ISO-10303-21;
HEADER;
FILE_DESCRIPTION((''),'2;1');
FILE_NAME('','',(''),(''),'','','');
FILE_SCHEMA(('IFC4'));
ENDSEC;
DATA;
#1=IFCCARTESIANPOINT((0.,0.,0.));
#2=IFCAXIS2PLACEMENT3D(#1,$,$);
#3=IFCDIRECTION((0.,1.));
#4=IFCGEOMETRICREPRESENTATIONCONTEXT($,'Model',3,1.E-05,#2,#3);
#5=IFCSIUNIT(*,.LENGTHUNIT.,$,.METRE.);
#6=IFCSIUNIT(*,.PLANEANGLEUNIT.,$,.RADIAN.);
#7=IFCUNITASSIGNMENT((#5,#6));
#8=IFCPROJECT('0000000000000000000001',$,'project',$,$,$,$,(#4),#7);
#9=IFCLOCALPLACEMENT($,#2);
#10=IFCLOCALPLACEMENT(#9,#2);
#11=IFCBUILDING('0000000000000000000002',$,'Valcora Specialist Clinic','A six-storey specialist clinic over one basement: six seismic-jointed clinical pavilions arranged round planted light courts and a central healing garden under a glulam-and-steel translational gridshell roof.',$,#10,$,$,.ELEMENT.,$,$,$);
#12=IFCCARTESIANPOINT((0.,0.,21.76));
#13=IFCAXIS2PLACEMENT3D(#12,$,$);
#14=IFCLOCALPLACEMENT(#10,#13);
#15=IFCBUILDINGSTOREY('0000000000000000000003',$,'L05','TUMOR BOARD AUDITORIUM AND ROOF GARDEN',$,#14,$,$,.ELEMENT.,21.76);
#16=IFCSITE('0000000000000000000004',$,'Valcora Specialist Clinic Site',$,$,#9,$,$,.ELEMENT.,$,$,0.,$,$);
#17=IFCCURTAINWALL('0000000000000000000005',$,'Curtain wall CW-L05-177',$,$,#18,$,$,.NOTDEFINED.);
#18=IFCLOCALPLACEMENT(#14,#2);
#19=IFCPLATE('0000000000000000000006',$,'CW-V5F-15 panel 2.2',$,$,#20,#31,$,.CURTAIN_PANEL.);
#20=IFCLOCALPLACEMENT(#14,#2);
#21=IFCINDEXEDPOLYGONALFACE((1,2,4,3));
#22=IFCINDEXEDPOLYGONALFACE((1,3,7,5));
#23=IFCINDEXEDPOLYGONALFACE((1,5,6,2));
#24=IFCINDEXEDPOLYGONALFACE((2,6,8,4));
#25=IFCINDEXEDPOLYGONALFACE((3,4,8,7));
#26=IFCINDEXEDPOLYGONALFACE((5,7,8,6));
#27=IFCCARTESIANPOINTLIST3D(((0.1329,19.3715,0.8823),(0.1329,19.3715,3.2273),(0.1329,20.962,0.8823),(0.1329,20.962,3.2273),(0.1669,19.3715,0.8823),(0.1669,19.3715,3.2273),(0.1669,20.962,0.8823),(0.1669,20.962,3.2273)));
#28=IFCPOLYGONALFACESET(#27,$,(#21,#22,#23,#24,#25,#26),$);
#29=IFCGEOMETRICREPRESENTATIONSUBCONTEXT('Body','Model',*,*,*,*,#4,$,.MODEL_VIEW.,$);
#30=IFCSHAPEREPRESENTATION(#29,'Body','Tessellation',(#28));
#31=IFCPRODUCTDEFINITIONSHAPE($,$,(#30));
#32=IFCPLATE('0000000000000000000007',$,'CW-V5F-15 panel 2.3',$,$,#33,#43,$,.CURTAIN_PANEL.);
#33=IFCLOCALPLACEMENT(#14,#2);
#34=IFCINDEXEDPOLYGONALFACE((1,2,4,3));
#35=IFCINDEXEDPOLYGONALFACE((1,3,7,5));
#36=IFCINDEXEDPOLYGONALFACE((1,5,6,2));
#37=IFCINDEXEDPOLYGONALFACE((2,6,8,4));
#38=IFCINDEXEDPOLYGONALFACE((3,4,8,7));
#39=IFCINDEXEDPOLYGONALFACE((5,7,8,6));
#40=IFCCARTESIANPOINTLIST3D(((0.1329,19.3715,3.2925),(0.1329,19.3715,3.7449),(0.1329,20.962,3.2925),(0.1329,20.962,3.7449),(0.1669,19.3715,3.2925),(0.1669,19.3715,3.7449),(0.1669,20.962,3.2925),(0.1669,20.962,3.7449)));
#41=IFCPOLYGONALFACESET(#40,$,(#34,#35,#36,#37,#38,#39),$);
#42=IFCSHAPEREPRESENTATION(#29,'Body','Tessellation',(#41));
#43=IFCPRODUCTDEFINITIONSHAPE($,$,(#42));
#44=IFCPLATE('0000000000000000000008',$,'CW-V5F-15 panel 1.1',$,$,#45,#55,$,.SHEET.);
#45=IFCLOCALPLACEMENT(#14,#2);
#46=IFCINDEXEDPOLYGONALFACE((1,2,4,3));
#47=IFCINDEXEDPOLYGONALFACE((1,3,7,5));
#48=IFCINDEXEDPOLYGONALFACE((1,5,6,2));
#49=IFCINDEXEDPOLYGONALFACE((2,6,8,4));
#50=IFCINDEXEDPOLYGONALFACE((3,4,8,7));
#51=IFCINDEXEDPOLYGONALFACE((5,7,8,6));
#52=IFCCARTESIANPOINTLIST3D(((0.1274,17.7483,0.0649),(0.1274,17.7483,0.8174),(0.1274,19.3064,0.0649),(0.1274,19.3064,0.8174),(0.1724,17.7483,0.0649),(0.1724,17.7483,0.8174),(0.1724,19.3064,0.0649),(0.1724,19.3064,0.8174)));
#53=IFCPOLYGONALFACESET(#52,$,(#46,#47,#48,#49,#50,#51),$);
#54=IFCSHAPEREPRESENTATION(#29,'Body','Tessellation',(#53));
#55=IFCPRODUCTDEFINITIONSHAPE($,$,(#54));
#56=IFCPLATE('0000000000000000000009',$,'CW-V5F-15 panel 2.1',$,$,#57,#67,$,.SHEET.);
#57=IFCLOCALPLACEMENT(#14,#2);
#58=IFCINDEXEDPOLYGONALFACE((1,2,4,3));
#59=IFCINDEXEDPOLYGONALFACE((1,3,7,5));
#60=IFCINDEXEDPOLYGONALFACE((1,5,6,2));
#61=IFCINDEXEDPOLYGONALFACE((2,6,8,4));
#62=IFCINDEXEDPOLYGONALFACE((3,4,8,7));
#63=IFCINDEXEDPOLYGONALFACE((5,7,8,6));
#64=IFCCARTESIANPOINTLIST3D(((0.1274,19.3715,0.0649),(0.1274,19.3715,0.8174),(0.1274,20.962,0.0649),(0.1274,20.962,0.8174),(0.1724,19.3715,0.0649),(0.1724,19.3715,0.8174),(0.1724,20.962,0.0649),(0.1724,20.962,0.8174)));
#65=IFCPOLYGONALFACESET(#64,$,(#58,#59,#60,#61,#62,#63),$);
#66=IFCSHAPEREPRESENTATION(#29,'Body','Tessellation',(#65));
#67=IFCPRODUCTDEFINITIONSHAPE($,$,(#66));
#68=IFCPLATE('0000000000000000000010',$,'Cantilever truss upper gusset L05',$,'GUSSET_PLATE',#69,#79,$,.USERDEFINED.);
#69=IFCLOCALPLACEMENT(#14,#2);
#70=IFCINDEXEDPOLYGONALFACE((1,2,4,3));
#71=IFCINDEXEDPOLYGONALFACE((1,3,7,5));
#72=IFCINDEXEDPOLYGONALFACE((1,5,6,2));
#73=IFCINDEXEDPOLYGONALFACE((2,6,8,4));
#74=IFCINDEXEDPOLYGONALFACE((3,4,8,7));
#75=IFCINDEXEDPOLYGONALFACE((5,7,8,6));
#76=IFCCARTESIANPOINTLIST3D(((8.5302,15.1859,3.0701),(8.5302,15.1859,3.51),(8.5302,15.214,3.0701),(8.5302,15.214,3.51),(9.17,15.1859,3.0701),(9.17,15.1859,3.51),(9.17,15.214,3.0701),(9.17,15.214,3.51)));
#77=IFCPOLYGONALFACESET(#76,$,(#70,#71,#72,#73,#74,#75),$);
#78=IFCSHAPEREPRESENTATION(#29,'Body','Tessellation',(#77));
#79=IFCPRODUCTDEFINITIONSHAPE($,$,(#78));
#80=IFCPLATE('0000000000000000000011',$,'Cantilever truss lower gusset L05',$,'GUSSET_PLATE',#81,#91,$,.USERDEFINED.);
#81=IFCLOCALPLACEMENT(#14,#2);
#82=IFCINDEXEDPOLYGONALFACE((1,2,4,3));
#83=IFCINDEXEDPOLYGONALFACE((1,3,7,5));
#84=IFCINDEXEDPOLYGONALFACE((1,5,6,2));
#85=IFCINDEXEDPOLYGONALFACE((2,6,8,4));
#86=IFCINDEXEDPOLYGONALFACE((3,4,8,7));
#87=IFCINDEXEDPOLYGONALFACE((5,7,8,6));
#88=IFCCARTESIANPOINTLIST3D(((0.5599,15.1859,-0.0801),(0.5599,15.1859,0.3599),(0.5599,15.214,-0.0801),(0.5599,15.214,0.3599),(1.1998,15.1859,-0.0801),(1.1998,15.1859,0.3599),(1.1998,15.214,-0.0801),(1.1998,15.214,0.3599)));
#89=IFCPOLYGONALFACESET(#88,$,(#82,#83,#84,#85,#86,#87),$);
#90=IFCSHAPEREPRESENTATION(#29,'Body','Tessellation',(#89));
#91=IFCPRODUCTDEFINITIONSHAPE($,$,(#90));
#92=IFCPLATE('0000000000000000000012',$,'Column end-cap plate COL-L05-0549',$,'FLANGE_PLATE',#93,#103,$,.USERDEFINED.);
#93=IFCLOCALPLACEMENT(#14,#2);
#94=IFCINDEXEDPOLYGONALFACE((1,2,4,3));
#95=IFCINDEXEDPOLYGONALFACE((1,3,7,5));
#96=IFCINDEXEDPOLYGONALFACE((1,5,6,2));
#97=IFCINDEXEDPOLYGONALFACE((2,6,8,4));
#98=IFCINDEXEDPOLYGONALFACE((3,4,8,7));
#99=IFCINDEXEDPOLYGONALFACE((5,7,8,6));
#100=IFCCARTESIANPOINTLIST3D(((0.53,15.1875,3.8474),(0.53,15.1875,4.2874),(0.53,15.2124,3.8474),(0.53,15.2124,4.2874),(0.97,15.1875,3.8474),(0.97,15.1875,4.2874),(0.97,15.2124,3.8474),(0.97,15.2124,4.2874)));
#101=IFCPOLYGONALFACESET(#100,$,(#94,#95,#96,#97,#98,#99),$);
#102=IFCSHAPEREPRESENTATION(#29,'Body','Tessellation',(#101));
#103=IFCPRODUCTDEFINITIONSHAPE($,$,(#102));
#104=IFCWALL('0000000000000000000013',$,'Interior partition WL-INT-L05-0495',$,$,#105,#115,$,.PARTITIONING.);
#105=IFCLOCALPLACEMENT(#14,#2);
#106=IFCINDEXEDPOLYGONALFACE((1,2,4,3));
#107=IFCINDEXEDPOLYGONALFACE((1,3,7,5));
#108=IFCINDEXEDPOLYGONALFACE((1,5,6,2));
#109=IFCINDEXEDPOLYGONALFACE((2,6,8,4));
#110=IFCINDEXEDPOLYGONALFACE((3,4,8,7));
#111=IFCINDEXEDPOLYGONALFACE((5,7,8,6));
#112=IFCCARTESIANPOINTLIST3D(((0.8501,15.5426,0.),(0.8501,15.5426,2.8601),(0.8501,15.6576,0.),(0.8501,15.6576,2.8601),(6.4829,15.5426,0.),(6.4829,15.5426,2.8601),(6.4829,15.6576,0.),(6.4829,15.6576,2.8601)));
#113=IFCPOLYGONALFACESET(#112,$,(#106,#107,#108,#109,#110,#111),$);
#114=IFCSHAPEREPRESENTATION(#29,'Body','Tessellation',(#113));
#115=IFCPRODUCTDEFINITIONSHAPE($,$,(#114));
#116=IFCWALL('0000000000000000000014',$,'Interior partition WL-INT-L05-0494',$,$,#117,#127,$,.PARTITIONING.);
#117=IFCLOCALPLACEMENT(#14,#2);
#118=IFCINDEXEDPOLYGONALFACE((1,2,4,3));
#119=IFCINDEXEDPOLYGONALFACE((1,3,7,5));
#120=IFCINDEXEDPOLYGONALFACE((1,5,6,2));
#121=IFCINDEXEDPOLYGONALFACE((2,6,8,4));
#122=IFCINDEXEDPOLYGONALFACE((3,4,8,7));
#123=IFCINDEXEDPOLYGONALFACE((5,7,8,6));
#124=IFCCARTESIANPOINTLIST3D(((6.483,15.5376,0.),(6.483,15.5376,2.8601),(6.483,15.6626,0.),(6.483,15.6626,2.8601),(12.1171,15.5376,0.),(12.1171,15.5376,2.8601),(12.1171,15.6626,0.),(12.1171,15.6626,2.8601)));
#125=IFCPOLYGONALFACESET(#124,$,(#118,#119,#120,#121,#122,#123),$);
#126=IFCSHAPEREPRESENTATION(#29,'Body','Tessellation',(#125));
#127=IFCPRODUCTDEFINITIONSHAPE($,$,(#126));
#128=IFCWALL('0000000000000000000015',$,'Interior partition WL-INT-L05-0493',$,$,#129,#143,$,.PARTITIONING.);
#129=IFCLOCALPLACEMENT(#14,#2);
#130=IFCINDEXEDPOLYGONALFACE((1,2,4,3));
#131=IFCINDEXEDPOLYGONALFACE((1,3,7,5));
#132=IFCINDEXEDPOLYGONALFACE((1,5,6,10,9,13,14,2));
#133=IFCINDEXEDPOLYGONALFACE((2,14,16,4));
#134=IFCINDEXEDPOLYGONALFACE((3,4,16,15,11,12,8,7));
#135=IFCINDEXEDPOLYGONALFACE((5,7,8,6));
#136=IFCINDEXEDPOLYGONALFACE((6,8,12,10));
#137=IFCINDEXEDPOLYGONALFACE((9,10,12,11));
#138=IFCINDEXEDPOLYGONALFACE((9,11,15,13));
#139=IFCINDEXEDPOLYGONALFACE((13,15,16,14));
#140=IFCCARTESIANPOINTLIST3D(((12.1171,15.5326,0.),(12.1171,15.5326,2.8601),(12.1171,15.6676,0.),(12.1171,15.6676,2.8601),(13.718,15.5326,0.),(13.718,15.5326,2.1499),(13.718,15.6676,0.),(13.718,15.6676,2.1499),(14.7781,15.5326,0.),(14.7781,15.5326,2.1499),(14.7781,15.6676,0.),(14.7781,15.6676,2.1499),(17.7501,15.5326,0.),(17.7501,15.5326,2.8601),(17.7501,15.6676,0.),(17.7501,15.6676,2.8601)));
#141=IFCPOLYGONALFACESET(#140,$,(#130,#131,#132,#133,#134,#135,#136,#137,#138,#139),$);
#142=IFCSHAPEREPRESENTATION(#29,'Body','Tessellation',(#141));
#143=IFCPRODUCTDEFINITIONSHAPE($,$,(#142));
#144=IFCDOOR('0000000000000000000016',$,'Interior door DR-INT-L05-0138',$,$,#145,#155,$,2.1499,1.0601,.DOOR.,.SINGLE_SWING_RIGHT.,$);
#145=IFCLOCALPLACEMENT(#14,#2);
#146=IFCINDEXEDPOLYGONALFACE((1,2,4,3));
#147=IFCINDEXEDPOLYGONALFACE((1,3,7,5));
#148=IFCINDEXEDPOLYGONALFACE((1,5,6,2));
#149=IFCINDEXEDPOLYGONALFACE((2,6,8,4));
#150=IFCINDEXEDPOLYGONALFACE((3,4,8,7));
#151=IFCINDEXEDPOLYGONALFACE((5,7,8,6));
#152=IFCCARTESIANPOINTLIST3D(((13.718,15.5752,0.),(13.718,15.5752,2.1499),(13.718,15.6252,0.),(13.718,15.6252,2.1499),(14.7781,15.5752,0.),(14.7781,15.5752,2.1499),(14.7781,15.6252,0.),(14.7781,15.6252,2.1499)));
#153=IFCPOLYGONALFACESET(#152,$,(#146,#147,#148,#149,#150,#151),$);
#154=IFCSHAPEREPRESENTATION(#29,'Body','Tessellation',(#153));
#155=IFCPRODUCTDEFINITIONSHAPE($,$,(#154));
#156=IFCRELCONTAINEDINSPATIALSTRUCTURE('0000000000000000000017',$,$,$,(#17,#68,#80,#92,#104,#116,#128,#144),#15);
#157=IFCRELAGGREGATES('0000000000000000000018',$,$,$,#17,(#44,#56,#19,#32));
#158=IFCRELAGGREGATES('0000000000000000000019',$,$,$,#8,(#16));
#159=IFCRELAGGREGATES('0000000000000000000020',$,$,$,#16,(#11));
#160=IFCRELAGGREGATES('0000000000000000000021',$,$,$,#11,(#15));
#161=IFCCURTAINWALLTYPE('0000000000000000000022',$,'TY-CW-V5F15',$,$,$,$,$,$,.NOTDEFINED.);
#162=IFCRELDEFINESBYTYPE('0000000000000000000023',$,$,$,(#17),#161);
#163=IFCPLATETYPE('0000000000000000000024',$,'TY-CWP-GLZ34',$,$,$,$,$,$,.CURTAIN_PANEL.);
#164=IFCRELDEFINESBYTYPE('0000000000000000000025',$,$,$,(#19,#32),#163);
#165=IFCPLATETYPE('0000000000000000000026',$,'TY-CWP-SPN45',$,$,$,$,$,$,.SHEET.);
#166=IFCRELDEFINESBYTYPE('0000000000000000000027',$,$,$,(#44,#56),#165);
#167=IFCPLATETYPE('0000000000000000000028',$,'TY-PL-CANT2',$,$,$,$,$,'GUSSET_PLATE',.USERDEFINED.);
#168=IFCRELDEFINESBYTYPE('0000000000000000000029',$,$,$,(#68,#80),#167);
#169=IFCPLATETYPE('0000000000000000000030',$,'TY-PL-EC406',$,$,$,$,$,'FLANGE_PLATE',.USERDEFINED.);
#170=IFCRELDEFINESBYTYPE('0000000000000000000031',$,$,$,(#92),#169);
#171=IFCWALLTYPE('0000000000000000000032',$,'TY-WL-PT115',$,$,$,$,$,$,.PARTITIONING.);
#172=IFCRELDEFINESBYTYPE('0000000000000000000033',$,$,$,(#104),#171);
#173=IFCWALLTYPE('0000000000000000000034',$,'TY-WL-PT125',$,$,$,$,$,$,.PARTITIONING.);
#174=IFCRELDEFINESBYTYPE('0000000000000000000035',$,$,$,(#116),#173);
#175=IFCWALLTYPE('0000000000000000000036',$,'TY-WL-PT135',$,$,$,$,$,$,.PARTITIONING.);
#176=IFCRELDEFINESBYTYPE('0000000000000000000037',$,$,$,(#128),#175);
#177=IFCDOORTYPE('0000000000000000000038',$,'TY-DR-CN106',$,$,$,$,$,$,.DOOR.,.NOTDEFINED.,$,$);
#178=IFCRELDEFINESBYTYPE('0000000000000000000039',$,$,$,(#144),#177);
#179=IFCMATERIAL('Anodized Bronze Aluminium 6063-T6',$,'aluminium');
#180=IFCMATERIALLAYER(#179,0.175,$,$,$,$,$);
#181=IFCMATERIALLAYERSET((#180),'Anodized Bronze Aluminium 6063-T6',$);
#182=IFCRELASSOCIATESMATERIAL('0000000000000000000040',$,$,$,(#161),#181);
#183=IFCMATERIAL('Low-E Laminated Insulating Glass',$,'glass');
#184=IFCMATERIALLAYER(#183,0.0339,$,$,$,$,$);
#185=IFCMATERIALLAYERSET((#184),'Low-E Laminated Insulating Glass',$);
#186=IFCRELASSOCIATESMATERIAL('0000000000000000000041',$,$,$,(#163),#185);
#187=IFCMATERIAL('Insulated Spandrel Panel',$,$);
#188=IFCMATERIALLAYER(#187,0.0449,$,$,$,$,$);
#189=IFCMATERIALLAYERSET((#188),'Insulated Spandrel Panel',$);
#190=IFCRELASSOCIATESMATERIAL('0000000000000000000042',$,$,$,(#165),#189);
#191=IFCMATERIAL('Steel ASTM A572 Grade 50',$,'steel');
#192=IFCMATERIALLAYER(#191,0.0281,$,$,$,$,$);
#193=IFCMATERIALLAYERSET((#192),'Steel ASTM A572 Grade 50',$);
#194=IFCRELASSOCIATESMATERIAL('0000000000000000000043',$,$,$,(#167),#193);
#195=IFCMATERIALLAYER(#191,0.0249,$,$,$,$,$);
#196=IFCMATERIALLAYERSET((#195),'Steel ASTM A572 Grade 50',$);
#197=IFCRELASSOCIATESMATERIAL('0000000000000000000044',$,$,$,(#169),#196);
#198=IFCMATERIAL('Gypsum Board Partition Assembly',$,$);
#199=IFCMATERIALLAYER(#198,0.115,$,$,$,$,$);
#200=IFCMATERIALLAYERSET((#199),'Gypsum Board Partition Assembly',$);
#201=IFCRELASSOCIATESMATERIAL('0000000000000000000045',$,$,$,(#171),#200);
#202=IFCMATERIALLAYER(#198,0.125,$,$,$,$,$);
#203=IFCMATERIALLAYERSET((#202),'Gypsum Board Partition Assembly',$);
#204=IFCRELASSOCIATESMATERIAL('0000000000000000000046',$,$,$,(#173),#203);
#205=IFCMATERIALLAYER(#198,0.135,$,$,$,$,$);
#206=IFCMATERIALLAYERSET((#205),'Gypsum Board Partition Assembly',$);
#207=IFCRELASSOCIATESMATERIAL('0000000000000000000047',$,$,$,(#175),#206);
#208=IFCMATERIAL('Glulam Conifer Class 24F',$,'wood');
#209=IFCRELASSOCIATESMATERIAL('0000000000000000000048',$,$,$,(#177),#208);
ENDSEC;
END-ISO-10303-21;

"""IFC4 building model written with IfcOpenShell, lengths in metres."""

from ifc_helpers import new_model, si_unit, direction, frame, frame_2d, origin, origin_2d, place, context, subcontext, project, spatial, rectangle, extrude, material, layer, layer_set, type_object, element, fill, aggregate, save


model = new_model("IFC4")

# Units and contexts
model_context = context("Model", 3, precision=1e-05, world=origin(), true_north=direction((0.0, 1.0)))
body_context = subcontext(model_context, "Body", "Model", "MODEL_VIEW")
ifc_project = project(units=[si_unit("LENGTHUNIT", "METRE"), si_unit("PLANEANGLEUNIT", "RADIAN")], contexts=[model_context])

# Site, building, storey
site_placement = place(None, origin())
site = spatial("IfcSite", under=ifc_project, at=site_placement, Name="Valcora Specialist Clinic Site", CompositionType="ELEMENT", RefElevation=0.0)
building_placement = place(site_placement, origin())
building = spatial("IfcBuilding", under=site, at=building_placement, Name="Valcora Specialist Clinic", Description="A six-storey specialist clinic over one basement: six seismic-jointed clinical pavilions arranged round planted light courts and a central healing garden under a glulam-and-steel translational gridshell roof.", CompositionType="ELEMENT")
storey_placement = place(building_placement, frame((0.0, 0.0, 21.76)))
storey = spatial("IfcBuildingStorey", under=building, at=storey_placement, Name="L05", Description="TUMOR BOARD AUDITORIUM AND ROOF GARDEN", CompositionType="ELEMENT", Elevation=21.76)

# Curtain wall
ifc_material_1 = material(Name="Anodized Bronze Aluminium 6063-T6", Category="aluminium")
ifc_layer_1 = layer(ifc_material_1, 0.175)
ifc_layer_set_1 = layer_set([ifc_layer_1], Name="Anodized Bronze Aluminium 6063-T6")
curtain_wall_type = type_object("IfcCurtainWallType", Name="TY-CW-V5F15", PredefinedType="NOTDEFINED", material=ifc_layer_set_1)
curtain_wall_placement = place(storey_placement, origin())
curtain_wall = element("IfcCurtainWall", 1, at=curtain_wall_placement, inside=storey, type_object=curtain_wall_type, Name="Curtain wall CW-L05-177", PredefinedType="NOTDEFINED")

# Plates
ifc_material_2 = material(Name="Low-E Laminated Insulating Glass", Category="glass")
ifc_layer_2 = layer(ifc_material_2, 0.0339)
ifc_layer_set_2 = layer_set([ifc_layer_2], Name="Low-E Laminated Insulating Glass")
plate_type_1 = type_object("IfcPlateType", Name="TY-CWP-GLZ34", PredefinedType="CURTAIN_PANEL", material=ifc_layer_set_2)
plate_1_placement = place(storey_placement, frame((0.1499, 20.1667, 0.8823), z_axis=(0.0, 0.0, 1.0), x_axis=(0.0, 1.0, 0.0)))
plate_1 = element("IfcPlate", 2, at=plate_1_placement, type_object=plate_type_1, Name="CW-V5F-15 panel 2.2", PredefinedType="CURTAIN_PANEL", context=body_context, shape_type="SweptSolid", body=[
    extrude(rectangle(XDim=1.5906, YDim=0.0339, at=origin_2d()), origin(), (0.0, 0.0, 1.0), 2.345),
])
plate_2_placement = place(storey_placement, frame((0.1499, 20.1667, 3.2925), z_axis=(0.0, 0.0, 1.0), x_axis=(0.0, 1.0, 0.0)))
plate_2 = element("IfcPlate", 3, at=plate_2_placement, type_object=plate_type_1, Name="CW-V5F-15 panel 2.3", PredefinedType="CURTAIN_PANEL", context=body_context, shape_type="SweptSolid", body=[
    extrude(rectangle(XDim=1.5906, YDim=0.0339, at=origin_2d()), origin(), (0.0, 0.0, 1.0), 0.4524),
])
ifc_material_3 = material(Name="Insulated Spandrel Panel")
ifc_layer_3 = layer(ifc_material_3, 0.0449)
ifc_layer_set_3 = layer_set([ifc_layer_3], Name="Insulated Spandrel Panel")
plate_type_2 = type_object("IfcPlateType", Name="TY-CWP-SPN45", PredefinedType="SHEET", material=ifc_layer_set_3)
plate_3_placement = place(storey_placement, frame((0.1499, 18.5273, 0.0649), z_axis=(0.0, 0.0, 1.0), x_axis=(0.0, 1.0, 0.0)))
plate_3 = element("IfcPlate", 4, at=plate_3_placement, type_object=plate_type_2, Name="CW-V5F-15 panel 1.1", PredefinedType="SHEET", context=body_context, shape_type="SweptSolid", body=[
    extrude(rectangle(XDim=1.5581, YDim=0.0449, at=origin_2d()), origin(), (0.0, 0.0, 1.0), 0.7524),
])
plate_4_placement = place(storey_placement, frame((0.1499, 20.1667, 0.0649), z_axis=(0.0, 0.0, 1.0), x_axis=(0.0, 1.0, 0.0)))
plate_4 = element("IfcPlate", 5, at=plate_4_placement, type_object=plate_type_2, Name="CW-V5F-15 panel 2.1", PredefinedType="SHEET", context=body_context, shape_type="SweptSolid", body=[
    extrude(rectangle(XDim=1.5906, YDim=0.0449, at=origin_2d()), origin(), (0.0, 0.0, 1.0), 0.7524),
])
aggregate(curtain_wall, [plate_3, plate_4, plate_1, plate_2])

# Plates
ifc_material_4 = material(Name="Steel ASTM A572 Grade 50", Category="steel")
ifc_layer_4 = layer(ifc_material_4, 0.0281)
ifc_layer_set_4 = layer_set([ifc_layer_4], Name="Steel ASTM A572 Grade 50")
plate_type_3 = type_object("IfcPlateType", Name="TY-PL-CANT2", ElementType="GUSSET_PLATE", PredefinedType="USERDEFINED", material=ifc_layer_set_4)
for number, where, z_axis, x_axis, name in (
    (6, (8.8501, 15.2, 3.0701), (0.0, 0.0, 1.0), (1.0, 0.0, 0.0), "Cantilever truss upper gusset L05"),
    (7, (0.8799, 15.2, -0.0801), (0.0, 0.0, 1.0), (1.0, 0.0, 0.0), "Cantilever truss lower gusset L05"),
):
    element("IfcPlate", number, at=place(storey_placement, frame(where, z_axis=z_axis, x_axis=x_axis)), inside=storey, type_object=plate_type_3, Name=name, ObjectType="GUSSET_PLATE", PredefinedType="USERDEFINED", context=body_context, shape_type="SweptSolid", body=[
        extrude(rectangle(XDim=0.6399, YDim=0.0281, at=origin_2d()), origin(), (0.0, 0.0, 1.0), 0.4399),
    ])
ifc_layer_5 = layer(ifc_material_4, 0.0249)
ifc_layer_set_5 = layer_set([ifc_layer_5], Name="Steel ASTM A572 Grade 50")
plate_type_4 = type_object("IfcPlateType", Name="TY-PL-EC406", ElementType="FLANGE_PLATE", PredefinedType="USERDEFINED", material=ifc_layer_set_5)
plate_5_placement = place(storey_placement, frame((0.75, 15.2, 3.8474), z_axis=(0.0, 0.0, 1.0), x_axis=(1.0, 0.0, 0.0)))
element("IfcPlate", 8, at=plate_5_placement, inside=storey, type_object=plate_type_4, Name="Column end-cap plate COL-L05-0549", ObjectType="FLANGE_PLATE", PredefinedType="USERDEFINED", context=body_context, shape_type="SweptSolid", body=[
    extrude(rectangle(XDim=0.4399, YDim=0.0249, at=origin_2d()), origin(), (0.0, 0.0, 1.0), 0.4399),
])

# Walls
ifc_material_5 = material(Name="Gypsum Board Partition Assembly")
ifc_layer_6 = layer(ifc_material_5, 0.115)
ifc_layer_set_6 = layer_set([ifc_layer_6], Name="Gypsum Board Partition Assembly")
wall_type_1 = type_object("IfcWallType", Name="TY-WL-PT115", PredefinedType="PARTITIONING", material=ifc_layer_set_6)
wall_1_placement = place(storey_placement, frame((6.4829, 15.6001, 0.0), z_axis=(0.0, 0.0, 1.0), x_axis=(-1.0, 0.0, 0.0)))
element("IfcWall", 9, at=wall_1_placement, inside=storey, type_object=wall_type_1, Name="Interior partition WL-INT-L05-0495", PredefinedType="PARTITIONING", context=body_context, shape_type="SweptSolid", body=[
    extrude(rectangle(XDim=5.6328, YDim=0.115, at=frame_2d((2.8164, 0.0))), origin(), (0.0, 0.0, 1.0), 2.8601),
])
ifc_layer_7 = layer(ifc_material_5, 0.125)
ifc_layer_set_7 = layer_set([ifc_layer_7], Name="Gypsum Board Partition Assembly")
wall_type_2 = type_object("IfcWallType", Name="TY-WL-PT125", PredefinedType="PARTITIONING", material=ifc_layer_set_7)
wall_2_placement = place(storey_placement, frame((12.1169, 15.6001, 0.0), z_axis=(0.0, 0.0, 1.0), x_axis=(-1.0, 0.0, 0.0)))
element("IfcWall", 10, at=wall_2_placement, inside=storey, type_object=wall_type_2, Name="Interior partition WL-INT-L05-0494", PredefinedType="PARTITIONING", context=body_context, shape_type="SweptSolid", body=[
    extrude(rectangle(XDim=5.634, YDim=0.125, at=frame_2d((2.8169, 0.0))), origin(), (0.0, 0.0, 1.0), 2.8601),
])

# Wall, opening, door
ifc_layer_8 = layer(ifc_material_5, 0.135)
ifc_layer_set_8 = layer_set([ifc_layer_8], Name="Gypsum Board Partition Assembly")
wall_type_3 = type_object("IfcWallType", Name="TY-WL-PT135", PredefinedType="PARTITIONING", material=ifc_layer_set_8)
wall_3_placement = place(storey_placement, frame((17.75, 15.6001, 0.0), z_axis=(0.0, 0.0, 1.0), x_axis=(-1.0, 0.0, 0.0)))
wall_3 = element("IfcWall", 11, at=wall_3_placement, inside=storey, type_object=wall_type_3, Name="Interior partition WL-INT-L05-0493", PredefinedType="PARTITIONING", context=body_context, shape_type="SweptSolid", body=[
    extrude(rectangle(XDim=5.6331, YDim=0.135, at=frame_2d((2.8164, 0.0))), origin(), (0.0, 0.0, 1.0), 2.8601),
])
opening_placement = place(wall_3_placement, frame((2.9719, 0.0, 0.0)))
opening = element("IfcOpeningElement", 12, at=opening_placement, cuts=wall_3, PredefinedType="OPENING", context=body_context, shape_type="SweptSolid", body=[
    extrude(rectangle(XDim=1.0601, YDim=2.1499, at=frame_2d((0.53, 1.075))), frame((0.0, 0.0774, 0.0), z_axis=(0.0, -1.0, 0.0), x_axis=(1.0, 0.0, 0.0)), (0.0, 0.0, 1.0), 0.155),
])
ifc_material_6 = material(Name="Glulam Conifer Class 24F", Category="wood")
door_type = type_object("IfcDoorType", Name="TY-DR-CN106", OperationType="NOTDEFINED", PredefinedType="DOOR", material=ifc_material_6)
door_placement = place(opening_placement, origin())
door = element("IfcDoor", 13, at=door_placement, inside=storey, type_object=door_type, Name="Interior door DR-INT-L05-0138", OperationType="SINGLE_SWING_RIGHT", OverallHeight=2.1499, OverallWidth=1.0601, PredefinedType="DOOR", context=body_context, shape_type="SweptSolid", body=[
    extrude(rectangle(XDim=1.0601, YDim=2.1499, at=frame_2d((0.53, 1.075))), frame((0.0, 0.0249, 0.0), z_axis=(0.0, -1.0, 0.0), x_axis=(1.0, 0.0, 0.0)), (0.0, 0.0, 1.0), 0.05),
])
fill(opening, door)

save(model, "model.ifc")
